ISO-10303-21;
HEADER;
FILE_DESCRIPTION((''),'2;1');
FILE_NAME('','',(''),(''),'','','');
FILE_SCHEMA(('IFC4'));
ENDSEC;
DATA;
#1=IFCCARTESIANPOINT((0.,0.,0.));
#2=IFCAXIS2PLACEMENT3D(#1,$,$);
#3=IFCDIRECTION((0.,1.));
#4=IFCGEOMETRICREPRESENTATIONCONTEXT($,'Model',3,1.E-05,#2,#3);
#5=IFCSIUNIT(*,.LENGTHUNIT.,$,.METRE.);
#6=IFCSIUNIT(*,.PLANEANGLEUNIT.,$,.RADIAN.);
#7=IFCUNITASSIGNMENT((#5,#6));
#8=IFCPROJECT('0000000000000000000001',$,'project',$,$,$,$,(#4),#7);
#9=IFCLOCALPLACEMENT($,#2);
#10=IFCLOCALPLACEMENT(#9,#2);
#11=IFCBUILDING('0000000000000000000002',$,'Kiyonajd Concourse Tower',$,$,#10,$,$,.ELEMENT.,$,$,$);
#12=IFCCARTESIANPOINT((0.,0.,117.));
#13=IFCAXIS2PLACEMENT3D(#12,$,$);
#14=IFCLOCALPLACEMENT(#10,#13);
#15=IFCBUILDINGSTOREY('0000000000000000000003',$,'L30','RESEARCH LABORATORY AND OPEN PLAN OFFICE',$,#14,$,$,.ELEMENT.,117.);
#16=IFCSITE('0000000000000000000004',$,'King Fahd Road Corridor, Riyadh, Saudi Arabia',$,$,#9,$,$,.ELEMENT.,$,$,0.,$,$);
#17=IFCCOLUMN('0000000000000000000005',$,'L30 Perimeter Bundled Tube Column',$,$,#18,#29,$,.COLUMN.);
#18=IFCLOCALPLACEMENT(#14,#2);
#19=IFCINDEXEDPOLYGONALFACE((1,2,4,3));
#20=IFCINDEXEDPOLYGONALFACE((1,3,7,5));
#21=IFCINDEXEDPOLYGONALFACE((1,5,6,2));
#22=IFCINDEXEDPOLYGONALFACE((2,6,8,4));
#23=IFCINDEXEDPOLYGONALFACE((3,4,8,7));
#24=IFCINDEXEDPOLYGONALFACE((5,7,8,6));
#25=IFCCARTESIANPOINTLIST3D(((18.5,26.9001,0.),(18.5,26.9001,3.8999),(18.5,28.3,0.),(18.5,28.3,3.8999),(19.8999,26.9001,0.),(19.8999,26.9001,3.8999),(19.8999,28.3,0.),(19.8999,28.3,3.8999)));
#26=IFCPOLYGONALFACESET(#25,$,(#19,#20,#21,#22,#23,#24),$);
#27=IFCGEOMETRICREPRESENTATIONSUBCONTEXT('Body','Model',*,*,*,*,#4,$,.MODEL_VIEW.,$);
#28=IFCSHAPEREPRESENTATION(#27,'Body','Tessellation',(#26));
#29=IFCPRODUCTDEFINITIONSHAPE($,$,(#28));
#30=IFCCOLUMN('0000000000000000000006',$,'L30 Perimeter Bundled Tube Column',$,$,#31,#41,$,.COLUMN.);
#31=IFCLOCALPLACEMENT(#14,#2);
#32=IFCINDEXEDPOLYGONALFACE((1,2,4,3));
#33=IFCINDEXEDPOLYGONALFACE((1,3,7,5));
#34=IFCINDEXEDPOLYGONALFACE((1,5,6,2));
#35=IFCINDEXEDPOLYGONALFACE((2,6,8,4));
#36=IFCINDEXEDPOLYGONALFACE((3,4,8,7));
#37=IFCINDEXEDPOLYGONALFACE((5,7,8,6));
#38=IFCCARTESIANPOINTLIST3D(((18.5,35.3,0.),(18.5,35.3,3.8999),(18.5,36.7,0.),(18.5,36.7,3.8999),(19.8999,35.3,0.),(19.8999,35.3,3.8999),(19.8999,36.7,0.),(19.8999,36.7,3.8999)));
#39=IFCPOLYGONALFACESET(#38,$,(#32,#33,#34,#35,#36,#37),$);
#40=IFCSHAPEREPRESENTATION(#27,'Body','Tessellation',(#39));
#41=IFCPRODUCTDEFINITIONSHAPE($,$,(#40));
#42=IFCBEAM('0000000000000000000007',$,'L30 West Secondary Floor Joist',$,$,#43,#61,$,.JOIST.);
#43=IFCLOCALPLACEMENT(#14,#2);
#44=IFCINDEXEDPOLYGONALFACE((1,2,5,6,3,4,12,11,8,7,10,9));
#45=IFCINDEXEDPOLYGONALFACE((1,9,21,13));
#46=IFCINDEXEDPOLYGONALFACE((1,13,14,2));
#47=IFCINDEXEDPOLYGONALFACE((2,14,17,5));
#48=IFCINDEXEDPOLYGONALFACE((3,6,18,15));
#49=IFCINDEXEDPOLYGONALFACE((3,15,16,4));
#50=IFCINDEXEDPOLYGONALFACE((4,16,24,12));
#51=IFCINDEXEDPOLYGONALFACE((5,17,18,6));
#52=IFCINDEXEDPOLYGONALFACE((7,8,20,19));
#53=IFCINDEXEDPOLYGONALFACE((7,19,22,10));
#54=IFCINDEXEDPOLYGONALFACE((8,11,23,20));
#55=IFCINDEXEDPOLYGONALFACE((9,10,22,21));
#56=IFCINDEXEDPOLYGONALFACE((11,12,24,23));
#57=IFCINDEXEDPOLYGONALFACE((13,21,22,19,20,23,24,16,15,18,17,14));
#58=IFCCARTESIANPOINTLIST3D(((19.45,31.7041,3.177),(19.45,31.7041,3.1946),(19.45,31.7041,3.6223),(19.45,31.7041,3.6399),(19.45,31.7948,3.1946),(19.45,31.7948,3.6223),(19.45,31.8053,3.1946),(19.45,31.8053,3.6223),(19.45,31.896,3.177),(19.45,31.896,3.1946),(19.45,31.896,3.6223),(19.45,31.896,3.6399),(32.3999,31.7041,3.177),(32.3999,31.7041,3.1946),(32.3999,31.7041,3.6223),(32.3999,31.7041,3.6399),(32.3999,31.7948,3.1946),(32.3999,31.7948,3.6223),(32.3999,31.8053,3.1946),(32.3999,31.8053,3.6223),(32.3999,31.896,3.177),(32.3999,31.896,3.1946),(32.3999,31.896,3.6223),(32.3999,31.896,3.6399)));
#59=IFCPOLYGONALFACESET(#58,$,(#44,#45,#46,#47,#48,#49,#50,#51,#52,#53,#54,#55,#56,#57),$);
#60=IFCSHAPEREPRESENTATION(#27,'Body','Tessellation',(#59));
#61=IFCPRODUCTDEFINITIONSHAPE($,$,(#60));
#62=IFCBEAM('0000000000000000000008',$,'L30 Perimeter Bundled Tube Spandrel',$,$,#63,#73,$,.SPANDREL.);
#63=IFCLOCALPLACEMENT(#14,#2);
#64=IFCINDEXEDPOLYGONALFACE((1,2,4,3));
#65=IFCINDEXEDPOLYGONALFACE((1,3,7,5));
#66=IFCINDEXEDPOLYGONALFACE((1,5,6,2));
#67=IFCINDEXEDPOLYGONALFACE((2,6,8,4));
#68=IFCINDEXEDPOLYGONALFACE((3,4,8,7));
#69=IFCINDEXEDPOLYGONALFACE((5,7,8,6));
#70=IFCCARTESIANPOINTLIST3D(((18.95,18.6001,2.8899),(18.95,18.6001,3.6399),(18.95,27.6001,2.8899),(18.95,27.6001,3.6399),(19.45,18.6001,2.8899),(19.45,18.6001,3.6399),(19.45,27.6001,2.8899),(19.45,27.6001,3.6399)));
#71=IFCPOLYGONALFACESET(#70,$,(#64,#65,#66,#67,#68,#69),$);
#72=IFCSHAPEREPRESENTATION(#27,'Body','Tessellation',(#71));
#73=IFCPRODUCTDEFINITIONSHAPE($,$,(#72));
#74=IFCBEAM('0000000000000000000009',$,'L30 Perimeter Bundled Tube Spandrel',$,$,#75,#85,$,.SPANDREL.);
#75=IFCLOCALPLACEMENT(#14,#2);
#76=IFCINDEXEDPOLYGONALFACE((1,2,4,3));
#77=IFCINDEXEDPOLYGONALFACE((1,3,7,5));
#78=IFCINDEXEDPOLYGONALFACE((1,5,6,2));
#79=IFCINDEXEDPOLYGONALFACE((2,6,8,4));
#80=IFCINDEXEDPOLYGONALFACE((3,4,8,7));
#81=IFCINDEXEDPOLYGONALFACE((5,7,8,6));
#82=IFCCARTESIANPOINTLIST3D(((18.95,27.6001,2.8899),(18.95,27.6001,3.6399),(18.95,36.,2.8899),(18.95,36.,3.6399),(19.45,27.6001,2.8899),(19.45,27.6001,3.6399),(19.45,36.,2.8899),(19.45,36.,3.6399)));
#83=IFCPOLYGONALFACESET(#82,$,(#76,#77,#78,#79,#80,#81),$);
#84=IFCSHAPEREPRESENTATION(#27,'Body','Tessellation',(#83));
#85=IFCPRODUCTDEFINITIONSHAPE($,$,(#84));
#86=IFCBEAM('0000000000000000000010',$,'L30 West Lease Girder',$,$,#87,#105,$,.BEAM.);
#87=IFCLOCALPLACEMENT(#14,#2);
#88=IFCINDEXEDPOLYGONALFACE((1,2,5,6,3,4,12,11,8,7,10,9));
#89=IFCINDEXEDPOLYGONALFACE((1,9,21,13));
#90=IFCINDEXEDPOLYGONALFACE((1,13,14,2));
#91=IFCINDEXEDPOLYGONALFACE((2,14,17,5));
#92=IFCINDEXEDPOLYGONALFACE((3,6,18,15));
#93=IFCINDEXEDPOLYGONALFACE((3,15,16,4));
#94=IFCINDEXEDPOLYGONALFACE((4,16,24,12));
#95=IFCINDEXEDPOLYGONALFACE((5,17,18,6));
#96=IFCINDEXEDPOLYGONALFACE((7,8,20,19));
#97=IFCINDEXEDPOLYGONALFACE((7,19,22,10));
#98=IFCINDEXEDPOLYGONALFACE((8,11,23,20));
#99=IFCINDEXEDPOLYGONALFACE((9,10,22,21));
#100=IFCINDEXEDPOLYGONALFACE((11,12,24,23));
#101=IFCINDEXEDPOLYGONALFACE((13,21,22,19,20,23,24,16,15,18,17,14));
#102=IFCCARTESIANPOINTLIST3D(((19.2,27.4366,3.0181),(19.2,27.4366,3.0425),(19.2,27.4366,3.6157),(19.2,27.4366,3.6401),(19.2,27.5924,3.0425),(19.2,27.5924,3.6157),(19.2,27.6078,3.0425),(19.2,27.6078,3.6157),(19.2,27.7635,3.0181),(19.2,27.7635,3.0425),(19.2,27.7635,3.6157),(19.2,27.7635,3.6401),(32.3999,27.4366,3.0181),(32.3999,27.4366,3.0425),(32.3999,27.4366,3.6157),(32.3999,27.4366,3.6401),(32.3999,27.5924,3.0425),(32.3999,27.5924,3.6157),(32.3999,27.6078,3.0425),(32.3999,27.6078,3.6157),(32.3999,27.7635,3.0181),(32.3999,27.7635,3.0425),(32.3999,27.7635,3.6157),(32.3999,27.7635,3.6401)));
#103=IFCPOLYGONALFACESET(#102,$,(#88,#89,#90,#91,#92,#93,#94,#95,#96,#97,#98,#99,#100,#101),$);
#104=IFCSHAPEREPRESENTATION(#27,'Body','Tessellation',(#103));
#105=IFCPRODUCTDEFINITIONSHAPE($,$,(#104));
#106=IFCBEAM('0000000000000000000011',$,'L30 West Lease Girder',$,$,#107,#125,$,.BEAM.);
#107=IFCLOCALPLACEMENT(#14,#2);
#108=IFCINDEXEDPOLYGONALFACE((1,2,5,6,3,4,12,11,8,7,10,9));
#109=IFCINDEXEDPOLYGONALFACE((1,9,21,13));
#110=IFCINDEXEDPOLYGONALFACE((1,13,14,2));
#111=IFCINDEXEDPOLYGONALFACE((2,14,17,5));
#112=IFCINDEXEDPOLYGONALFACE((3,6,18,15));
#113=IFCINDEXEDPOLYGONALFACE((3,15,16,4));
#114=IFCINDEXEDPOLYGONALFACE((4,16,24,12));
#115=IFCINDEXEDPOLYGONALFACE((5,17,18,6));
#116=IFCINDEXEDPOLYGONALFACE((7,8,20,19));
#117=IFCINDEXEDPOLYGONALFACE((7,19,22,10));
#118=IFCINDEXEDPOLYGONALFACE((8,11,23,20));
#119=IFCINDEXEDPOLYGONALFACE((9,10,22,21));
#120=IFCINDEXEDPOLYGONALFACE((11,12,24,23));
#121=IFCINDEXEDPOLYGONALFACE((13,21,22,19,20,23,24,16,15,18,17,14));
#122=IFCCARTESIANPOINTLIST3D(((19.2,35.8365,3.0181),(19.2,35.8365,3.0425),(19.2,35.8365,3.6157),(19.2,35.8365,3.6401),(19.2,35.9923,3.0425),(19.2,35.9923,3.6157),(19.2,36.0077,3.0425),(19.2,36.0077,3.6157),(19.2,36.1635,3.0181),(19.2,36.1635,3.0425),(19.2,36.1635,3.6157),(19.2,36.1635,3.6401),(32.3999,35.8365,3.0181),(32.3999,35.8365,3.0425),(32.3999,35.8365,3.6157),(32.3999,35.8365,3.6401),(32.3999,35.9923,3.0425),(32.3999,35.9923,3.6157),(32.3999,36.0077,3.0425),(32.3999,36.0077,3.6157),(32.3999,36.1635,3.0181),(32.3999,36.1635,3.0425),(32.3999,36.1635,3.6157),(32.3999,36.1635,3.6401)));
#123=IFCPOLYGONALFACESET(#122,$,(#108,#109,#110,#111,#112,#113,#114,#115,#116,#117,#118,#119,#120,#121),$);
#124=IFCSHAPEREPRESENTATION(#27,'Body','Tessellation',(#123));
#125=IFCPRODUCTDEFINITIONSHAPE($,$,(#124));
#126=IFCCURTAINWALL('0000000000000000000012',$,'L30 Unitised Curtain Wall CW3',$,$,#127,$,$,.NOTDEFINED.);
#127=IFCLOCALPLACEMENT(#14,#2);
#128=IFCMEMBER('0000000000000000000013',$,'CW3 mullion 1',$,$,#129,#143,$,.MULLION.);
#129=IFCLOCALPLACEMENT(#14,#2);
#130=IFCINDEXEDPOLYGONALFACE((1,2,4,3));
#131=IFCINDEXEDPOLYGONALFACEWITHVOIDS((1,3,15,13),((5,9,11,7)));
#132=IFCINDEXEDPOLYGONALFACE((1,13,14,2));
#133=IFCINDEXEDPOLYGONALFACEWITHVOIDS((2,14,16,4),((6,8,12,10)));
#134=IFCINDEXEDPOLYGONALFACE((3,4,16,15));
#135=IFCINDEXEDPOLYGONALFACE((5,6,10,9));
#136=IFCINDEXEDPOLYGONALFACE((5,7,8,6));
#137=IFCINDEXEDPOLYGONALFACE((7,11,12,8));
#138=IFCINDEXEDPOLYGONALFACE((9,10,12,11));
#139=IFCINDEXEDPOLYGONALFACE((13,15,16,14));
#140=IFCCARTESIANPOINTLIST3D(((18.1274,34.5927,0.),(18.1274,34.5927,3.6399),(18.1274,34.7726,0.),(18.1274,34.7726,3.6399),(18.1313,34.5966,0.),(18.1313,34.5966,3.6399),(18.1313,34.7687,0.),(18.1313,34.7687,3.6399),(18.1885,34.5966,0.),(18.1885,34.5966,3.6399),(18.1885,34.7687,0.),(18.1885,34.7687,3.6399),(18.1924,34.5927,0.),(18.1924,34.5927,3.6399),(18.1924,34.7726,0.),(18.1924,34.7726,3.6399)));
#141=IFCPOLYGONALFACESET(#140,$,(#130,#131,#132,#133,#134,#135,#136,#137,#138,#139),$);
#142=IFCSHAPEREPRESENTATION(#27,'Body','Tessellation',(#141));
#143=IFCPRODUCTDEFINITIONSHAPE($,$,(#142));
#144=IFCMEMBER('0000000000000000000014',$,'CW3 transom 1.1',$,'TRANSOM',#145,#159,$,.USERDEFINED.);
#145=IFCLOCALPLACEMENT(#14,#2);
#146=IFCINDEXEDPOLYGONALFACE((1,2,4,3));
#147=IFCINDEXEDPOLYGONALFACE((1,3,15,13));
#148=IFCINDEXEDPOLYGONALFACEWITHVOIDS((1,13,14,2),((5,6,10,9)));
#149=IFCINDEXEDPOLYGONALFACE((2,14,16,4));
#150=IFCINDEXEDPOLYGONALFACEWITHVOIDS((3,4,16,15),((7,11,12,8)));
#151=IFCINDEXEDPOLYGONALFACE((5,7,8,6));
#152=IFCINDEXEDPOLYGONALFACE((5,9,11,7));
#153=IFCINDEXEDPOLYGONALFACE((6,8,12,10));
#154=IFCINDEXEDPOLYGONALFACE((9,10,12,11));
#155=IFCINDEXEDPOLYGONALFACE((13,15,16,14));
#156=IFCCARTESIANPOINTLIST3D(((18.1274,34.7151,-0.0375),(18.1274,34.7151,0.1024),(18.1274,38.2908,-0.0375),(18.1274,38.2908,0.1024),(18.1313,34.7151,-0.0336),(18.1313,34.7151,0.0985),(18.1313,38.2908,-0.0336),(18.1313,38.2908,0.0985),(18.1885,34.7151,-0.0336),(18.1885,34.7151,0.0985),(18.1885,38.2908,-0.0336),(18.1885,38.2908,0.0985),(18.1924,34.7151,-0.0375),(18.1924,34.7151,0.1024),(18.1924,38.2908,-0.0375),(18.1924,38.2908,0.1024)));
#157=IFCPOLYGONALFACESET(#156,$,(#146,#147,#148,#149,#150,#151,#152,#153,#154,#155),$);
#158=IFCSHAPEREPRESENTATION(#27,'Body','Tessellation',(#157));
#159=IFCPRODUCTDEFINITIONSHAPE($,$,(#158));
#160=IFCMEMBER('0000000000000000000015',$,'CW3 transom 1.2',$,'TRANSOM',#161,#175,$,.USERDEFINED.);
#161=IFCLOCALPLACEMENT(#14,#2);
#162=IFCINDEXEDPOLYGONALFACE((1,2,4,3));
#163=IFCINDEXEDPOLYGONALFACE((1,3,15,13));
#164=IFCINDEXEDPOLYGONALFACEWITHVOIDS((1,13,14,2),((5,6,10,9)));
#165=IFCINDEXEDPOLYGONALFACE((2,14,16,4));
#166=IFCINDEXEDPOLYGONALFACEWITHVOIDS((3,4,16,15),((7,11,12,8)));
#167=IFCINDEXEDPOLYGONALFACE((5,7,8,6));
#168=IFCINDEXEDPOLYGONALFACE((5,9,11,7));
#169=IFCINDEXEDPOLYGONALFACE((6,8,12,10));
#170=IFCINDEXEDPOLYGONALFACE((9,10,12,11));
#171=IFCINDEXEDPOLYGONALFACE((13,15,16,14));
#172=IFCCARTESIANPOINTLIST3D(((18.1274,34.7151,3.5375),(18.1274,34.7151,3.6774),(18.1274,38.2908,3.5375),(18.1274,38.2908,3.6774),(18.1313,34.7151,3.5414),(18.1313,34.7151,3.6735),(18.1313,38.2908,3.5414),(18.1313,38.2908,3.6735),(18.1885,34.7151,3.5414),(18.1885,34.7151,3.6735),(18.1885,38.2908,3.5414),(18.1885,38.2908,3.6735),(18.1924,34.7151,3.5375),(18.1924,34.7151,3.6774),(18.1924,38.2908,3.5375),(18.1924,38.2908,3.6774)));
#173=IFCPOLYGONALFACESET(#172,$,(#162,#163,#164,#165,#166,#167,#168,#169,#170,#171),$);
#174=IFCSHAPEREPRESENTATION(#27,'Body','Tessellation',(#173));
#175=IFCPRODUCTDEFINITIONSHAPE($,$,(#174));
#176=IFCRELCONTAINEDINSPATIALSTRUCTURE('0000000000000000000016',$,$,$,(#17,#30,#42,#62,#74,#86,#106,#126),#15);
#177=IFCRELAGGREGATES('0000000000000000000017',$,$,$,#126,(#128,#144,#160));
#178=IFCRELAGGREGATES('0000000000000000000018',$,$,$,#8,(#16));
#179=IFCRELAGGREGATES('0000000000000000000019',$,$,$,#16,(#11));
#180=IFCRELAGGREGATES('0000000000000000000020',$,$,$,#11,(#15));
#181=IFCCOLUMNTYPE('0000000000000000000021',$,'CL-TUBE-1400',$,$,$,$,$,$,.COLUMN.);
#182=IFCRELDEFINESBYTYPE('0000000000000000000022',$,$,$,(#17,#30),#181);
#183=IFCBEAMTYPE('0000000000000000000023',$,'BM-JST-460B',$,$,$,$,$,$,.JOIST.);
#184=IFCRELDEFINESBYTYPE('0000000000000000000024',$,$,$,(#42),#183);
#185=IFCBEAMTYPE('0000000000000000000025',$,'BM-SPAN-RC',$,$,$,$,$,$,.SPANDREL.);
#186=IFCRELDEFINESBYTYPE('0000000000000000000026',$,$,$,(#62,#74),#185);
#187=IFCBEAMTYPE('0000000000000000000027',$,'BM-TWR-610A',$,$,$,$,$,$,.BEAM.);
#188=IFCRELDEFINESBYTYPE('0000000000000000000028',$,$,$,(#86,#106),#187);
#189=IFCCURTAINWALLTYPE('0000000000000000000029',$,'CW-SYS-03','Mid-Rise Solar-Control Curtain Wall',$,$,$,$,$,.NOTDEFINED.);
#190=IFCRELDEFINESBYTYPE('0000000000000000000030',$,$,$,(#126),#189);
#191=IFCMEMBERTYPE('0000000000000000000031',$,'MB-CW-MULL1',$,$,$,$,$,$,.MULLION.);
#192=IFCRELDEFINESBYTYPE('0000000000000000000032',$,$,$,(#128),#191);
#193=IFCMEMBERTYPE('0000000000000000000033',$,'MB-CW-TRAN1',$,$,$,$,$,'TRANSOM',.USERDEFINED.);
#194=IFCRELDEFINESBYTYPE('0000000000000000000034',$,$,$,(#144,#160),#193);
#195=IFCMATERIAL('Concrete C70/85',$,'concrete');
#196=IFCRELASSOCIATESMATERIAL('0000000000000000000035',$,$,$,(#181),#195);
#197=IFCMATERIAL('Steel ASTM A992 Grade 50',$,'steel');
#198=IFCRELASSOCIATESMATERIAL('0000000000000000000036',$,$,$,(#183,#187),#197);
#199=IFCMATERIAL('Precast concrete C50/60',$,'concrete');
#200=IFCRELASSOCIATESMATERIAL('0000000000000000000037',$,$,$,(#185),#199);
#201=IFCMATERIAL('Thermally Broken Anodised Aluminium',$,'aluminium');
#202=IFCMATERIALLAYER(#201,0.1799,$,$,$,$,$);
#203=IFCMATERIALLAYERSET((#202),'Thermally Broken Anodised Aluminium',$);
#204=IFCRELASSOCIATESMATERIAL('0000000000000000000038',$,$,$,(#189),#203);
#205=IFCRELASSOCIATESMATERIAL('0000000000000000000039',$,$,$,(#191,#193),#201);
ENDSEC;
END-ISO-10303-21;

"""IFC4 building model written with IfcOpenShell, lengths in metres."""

from ifc_helpers import new_model, si_unit, direction, frame, origin, origin_2d, place, context, subcontext, project, spatial, rectangle, hollow_rectangle, i_section, extrude, material, layer, layer_set, material_profile, profile_set, type_object, element, aggregate, save


model = new_model("IFC4")

# Units and contexts
model_context = context("Model", 3, precision=1e-05, world=origin(), true_north=direction((0.0, 1.0)))
body_context = subcontext(model_context, "Body", "Model", "MODEL_VIEW")
ifc_project = project(units=[si_unit("LENGTHUNIT", "METRE"), si_unit("PLANEANGLEUNIT", "RADIAN")], contexts=[model_context])

# Site, building, storey
site_placement = place(None, origin())
site = spatial("IfcSite", under=ifc_project, at=site_placement, Name="King Fahd Road Corridor, Riyadh, Saudi Arabia", CompositionType="ELEMENT", RefElevation=0.0)
building_placement = place(site_placement, origin())
building = spatial("IfcBuilding", under=site, at=building_placement, Name="Kiyonajd Concourse Tower", CompositionType="ELEMENT")
storey_placement = place(building_placement, frame((0.0, 0.0, 117.0)))
storey = spatial("IfcBuildingStorey", under=building, at=storey_placement, Name="L30", Description="RESEARCH LABORATORY AND OPEN PLAN OFFICE", CompositionType="ELEMENT", Elevation=117.0)

# Columns
ifc_material_1 = material(Name="Concrete C70/85", Category="concrete")
ifc_material_profile_1 = material_profile(ifc_material_1, rectangle(XDim=1.3999, YDim=1.3999, at=origin_2d()), Name="RC-1400x1400")
ifc_profile_set_1 = profile_set([ifc_material_profile_1], Name="Concrete C70/85")
column_type = type_object("IfcColumnType", Name="CL-TUBE-1400", PredefinedType="COLUMN", material=ifc_profile_set_1)
for number, where, z_axis, x_axis, name in (
    (1, (19.2, 27.6001, 0.0), (0.0, 0.0, 1.0), (1.0, 0.0, 0.0), "L30 Perimeter Bundled Tube Column"),
    (2, (19.2, 36.0, 0.0), (0.0, 0.0, 1.0), (1.0, 0.0, 0.0), "L30 Perimeter Bundled Tube Column"),
):
    element("IfcColumn", number, at=place(storey_placement, frame(where, z_axis=z_axis, x_axis=x_axis)), inside=storey, type_object=column_type, Name=name, PredefinedType="COLUMN", context=body_context, shape_type="SweptSolid", body=[
        extrude(rectangle(XDim=1.3999, YDim=1.3999, at=origin_2d()), origin(), (0.0, 0.0, 1.0), 3.8999),
    ])

# Beams
ifc_material_2 = material(Name="Steel ASTM A992 Grade 50", Category="steel")
ifc_material_profile_2 = material_profile(ifc_material_2, i_section(OverallWidth=0.1919, OverallDepth=0.4629, WebThickness=0.0105, FlangeThickness=0.0176, at=origin_2d()), Name="W460X89")
ifc_profile_set_2 = profile_set([ifc_material_profile_2], Name="Steel ASTM A992 Grade 50")
beam_type_1 = type_object("IfcBeamType", Name="BM-JST-460B", PredefinedType="JOIST", material=ifc_profile_set_2)
beam_1_placement = place(storey_placement, frame((19.45, 31.8, 3.4084), z_axis=(1.0, 0.0, 0.0), x_axis=(0.0, 1.0, 0.0)))
element("IfcBeam", 3, at=beam_1_placement, inside=storey, type_object=beam_type_1, Name="L30 West Secondary Floor Joist", PredefinedType="JOIST", context=body_context, shape_type="SweptSolid", body=[
    extrude(i_section(OverallWidth=0.1919, OverallDepth=0.4629, WebThickness=0.0105, FlangeThickness=0.0176, at=origin_2d()), origin(), (0.0, 0.0, 1.0), 12.95),
])
ifc_material_3 = material(Name="Precast concrete C50/60", Category="concrete")
ifc_material_profile_3 = material_profile(ifc_material_3, rectangle(XDim=0.5, YDim=0.75, at=origin_2d()), Name="RCBM-500x750")
ifc_profile_set_3 = profile_set([ifc_material_profile_3], Name="Precast concrete C50/60")
beam_type_2 = type_object("IfcBeamType", Name="BM-SPAN-RC", PredefinedType="SPANDREL", material=ifc_profile_set_3)
beam_2_placement = place(storey_placement, frame((19.2, 27.6001, 3.2649), z_axis=(0.0, -1.0, 0.0), x_axis=(1.0, 0.0, 0.0)))
element("IfcBeam", 4, at=beam_2_placement, inside=storey, type_object=beam_type_2, Name="L30 Perimeter Bundled Tube Spandrel", PredefinedType="SPANDREL", context=body_context, shape_type="SweptSolid", body=[
    extrude(rectangle(XDim=0.5, YDim=0.75, at=origin_2d()), origin(), (0.0, 0.0, 1.0), 9.0),
])
beam_3_placement = place(storey_placement, frame((19.2, 36.0, 3.2649), z_axis=(0.0, -1.0, 0.0), x_axis=(1.0, 0.0, 0.0)))
element("IfcBeam", 5, at=beam_3_placement, inside=storey, type_object=beam_type_2, Name="L30 Perimeter Bundled Tube Spandrel", PredefinedType="SPANDREL", context=body_context, shape_type="SweptSolid", body=[
    extrude(rectangle(XDim=0.5, YDim=0.75, at=origin_2d()), origin(), (0.0, 0.0, 1.0), 8.3999),
])
ifc_material_profile_4 = material_profile(ifc_material_2, i_section(OverallWidth=0.3269, OverallDepth=0.6221, WebThickness=0.0154, FlangeThickness=0.0244, at=origin_2d()), Name="W610X195")
ifc_profile_set_4 = profile_set([ifc_material_profile_4], Name="Steel ASTM A992 Grade 50")
beam_type_3 = type_object("IfcBeamType", Name="BM-TWR-610A", PredefinedType="BEAM", material=ifc_profile_set_4)
for number, where, z_axis, x_axis, name in (
    (6, (19.2, 27.6001, 3.3291), (1.0, 0.0, 0.0), (0.0, 1.0, 0.0), "L30 West Lease Girder"),
    (7, (19.2, 36.0, 3.3291), (1.0, 0.0, 0.0), (0.0, 1.0, 0.0), "L30 West Lease Girder"),
):
    element("IfcBeam", number, at=place(storey_placement, frame(where, z_axis=z_axis, x_axis=x_axis)), inside=storey, type_object=beam_type_3, Name=name, PredefinedType="BEAM", context=body_context, shape_type="SweptSolid", body=[
        extrude(i_section(OverallWidth=0.3269, OverallDepth=0.6221, WebThickness=0.0154, FlangeThickness=0.0244, at=origin_2d()), origin(), (0.0, 0.0, 1.0), 13.2),
    ])

# Curtain wall, members
ifc_material_4 = material(Name="Thermally Broken Anodised Aluminium", Category="aluminium")
ifc_layer_1 = layer(ifc_material_4, 0.1799)
ifc_layer_set_1 = layer_set([ifc_layer_1], Name="Thermally Broken Anodised Aluminium")
curtain_wall_type = type_object("IfcCurtainWallType", Name="CW-SYS-03", Description="Mid-Rise Solar-Control Curtain Wall", PredefinedType="NOTDEFINED", material=ifc_layer_set_1)
curtain_wall_placement = place(storey_placement, origin())
curtain_wall = element("IfcCurtainWall", 8, at=curtain_wall_placement, inside=storey, type_object=curtain_wall_type, Name="L30 Unitised Curtain Wall CW3", PredefinedType="NOTDEFINED")
ifc_material_profile_5 = material_profile(ifc_material_4, hollow_rectangle(XDim=0.0649, YDim=0.1799, WallThickness=0.0039, at=origin_2d()), Name="MULL-65x180")
ifc_profile_set_5 = profile_set([ifc_material_profile_5], Name="Thermally Broken Anodised Aluminium")
member_type_1 = type_object("IfcMemberType", Name="MB-CW-MULL1", PredefinedType="MULLION", material=ifc_profile_set_5)
member_1_placement = place(storey_placement, frame((18.1599, 34.6826, 0.0), z_axis=(0.0, 0.0, 1.0), x_axis=(-1.0, 0.0, 0.0)))
member_1 = element("IfcMember", 9, at=member_1_placement, type_object=member_type_1, Name="CW3 mullion 1", PredefinedType="MULLION", context=body_context, shape_type="SweptSolid", body=[
    extrude(hollow_rectangle(XDim=0.0649, YDim=0.1799, WallThickness=0.0039, at=origin_2d()), origin(), (0.0, 0.0, 1.0), 3.6399),
])
ifc_material_profile_6 = material_profile(ifc_material_4, hollow_rectangle(XDim=0.0649, YDim=0.1399, WallThickness=0.0039, at=origin_2d()), Name="TRAN-65x140")
ifc_profile_set_6 = profile_set([ifc_material_profile_6], Name="Thermally Broken Anodised Aluminium")
member_type_2 = type_object("IfcMemberType", Name="MB-CW-TRAN1", ElementType="TRANSOM", PredefinedType="USERDEFINED", material=ifc_profile_set_6)
member_2_placement = place(storey_placement, frame((18.1599, 34.7151, 0.0325), z_axis=(0.0, 1.0, 0.0), x_axis=(-1.0, 0.0, 0.0)))
member_2 = element("IfcMember", 10, at=member_2_placement, type_object=member_type_2, Name="CW3 transom 1.1", ObjectType="TRANSOM", PredefinedType="USERDEFINED", context=body_context, shape_type="SweptSolid", body=[
    extrude(hollow_rectangle(XDim=0.0649, YDim=0.1399, WallThickness=0.0039, at=origin_2d()), origin(), (0.0, 0.0, 1.0), 3.5757),
])
member_3_placement = place(storey_placement, frame((18.1599, 34.7151, 3.6074), z_axis=(0.0, 1.0, 0.0), x_axis=(-1.0, 0.0, 0.0)))
member_3 = element("IfcMember", 11, at=member_3_placement, type_object=member_type_2, Name="CW3 transom 1.2", ObjectType="TRANSOM", PredefinedType="USERDEFINED", context=body_context, shape_type="SweptSolid", body=[
    extrude(hollow_rectangle(XDim=0.0649, YDim=0.1399, WallThickness=0.0039, at=origin_2d()), origin(), (0.0, 0.0, 1.0), 3.5757),
])
aggregate(curtain_wall, [member_1, member_2, member_3])

save(model, "model.ifc")
